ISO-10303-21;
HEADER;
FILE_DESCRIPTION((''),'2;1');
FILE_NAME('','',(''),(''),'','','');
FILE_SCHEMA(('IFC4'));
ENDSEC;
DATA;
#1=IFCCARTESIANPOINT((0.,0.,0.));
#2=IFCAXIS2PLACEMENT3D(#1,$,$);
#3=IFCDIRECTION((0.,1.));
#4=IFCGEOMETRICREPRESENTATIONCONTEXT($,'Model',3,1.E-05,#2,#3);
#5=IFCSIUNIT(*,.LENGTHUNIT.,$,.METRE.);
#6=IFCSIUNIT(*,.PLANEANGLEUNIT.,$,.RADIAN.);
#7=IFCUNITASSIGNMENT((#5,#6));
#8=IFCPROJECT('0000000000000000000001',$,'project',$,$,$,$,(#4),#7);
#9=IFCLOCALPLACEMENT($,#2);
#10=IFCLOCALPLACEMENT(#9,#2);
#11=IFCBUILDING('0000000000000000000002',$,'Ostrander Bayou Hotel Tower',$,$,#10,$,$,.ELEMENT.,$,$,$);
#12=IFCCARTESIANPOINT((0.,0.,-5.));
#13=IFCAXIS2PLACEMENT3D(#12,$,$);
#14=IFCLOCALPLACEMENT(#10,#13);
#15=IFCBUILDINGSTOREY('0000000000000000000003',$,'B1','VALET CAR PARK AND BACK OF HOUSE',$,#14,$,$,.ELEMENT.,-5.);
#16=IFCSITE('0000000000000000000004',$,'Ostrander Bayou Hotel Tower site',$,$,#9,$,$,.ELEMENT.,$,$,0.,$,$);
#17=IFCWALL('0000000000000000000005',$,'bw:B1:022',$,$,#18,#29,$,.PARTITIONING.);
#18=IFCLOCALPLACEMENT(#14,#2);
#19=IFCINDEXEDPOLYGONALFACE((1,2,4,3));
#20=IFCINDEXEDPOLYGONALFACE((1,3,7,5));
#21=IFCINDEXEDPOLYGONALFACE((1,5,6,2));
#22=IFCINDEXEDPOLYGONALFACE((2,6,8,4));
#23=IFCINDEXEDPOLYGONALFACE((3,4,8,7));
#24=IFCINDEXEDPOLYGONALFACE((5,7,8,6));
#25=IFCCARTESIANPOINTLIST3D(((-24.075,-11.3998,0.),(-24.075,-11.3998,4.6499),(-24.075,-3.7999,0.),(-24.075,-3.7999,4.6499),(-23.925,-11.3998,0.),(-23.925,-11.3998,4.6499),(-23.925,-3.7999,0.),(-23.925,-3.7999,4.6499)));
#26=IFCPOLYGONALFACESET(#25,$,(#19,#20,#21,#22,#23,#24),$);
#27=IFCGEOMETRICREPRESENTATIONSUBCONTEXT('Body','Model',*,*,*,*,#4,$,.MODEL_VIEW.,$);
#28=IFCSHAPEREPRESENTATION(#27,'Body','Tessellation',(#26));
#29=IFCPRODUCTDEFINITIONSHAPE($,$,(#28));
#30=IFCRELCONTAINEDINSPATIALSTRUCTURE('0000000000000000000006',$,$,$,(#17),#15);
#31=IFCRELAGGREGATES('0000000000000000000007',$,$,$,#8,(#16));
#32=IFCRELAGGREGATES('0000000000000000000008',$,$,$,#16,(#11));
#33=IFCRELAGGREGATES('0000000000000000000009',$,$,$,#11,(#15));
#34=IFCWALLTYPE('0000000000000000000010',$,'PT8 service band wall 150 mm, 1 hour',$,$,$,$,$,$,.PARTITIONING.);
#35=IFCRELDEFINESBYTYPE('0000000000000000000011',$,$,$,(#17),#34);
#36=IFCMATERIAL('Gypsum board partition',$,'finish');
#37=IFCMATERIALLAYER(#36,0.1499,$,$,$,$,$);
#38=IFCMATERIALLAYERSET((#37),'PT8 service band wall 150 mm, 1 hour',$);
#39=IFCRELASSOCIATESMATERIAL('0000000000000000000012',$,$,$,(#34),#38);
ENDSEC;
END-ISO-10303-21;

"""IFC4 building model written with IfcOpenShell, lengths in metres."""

from ifc_helpers import new_model, si_unit, direction, frame, frame_2d, origin, place, context, subcontext, project, spatial, rectangle, extrude, material, layer, layer_set, type_object, element, save


model = new_model("IFC4")

# Units and contexts
model_context = context("Model", 3, precision=1e-05, world=origin(), true_north=direction((0.0, 1.0)))
body_context = subcontext(model_context, "Body", "Model", "MODEL_VIEW")
ifc_project = project(units=[si_unit("LENGTHUNIT", "METRE"), si_unit("PLANEANGLEUNIT", "RADIAN")], contexts=[model_context])

# Site, building, storey
site_placement = place(None, origin())
site = spatial("IfcSite", under=ifc_project, at=site_placement, Name="Ostrander Bayou Hotel Tower site", CompositionType="ELEMENT", RefElevation=0.0)
building_placement = place(site_placement, origin())
building = spatial("IfcBuilding", under=site, at=building_placement, Name="Ostrander Bayou Hotel Tower", CompositionType="ELEMENT")
storey_placement = place(building_placement, frame((0.0, 0.0, -5.0)))
storey = spatial("IfcBuildingStorey", under=building, at=storey_placement, Name="B1", Description="VALET CAR PARK AND BACK OF HOUSE", CompositionType="ELEMENT", Elevation=-5.0)

# Shared definitions
ifc_material_1 = material(Name="Gypsum board partition", Category="finish")
ifc_layer = layer(ifc_material_1, 0.1499)
ifc_layer_set = layer_set([ifc_layer], Name="PT8 service band wall 150 mm, 1 hour")
wall_type = type_object("IfcWallType", Name="PT8 service band wall 150 mm, 1 hour", PredefinedType="PARTITIONING", material=ifc_layer_set)

# Wall
wall_1_placement = place(storey_placement, frame((-24.0, -3.8, 0.0), z_axis=(0.0, 0.0, 1.0), x_axis=(0.0, -1.0, 0.0)))
element("IfcWall", 1, at=wall_1_placement, inside=storey, type_object=wall_type, Name="bw:B1:022", PredefinedType="PARTITIONING", context=body_context, shape_type="SweptSolid", body=[
    extrude(rectangle(XDim=7.5999, YDim=0.1499, at=frame_2d((3.7998, 0.0))), origin(), (0.0, 0.0, 1.0), 4.6499),
])

save(model, "model.ifc")
